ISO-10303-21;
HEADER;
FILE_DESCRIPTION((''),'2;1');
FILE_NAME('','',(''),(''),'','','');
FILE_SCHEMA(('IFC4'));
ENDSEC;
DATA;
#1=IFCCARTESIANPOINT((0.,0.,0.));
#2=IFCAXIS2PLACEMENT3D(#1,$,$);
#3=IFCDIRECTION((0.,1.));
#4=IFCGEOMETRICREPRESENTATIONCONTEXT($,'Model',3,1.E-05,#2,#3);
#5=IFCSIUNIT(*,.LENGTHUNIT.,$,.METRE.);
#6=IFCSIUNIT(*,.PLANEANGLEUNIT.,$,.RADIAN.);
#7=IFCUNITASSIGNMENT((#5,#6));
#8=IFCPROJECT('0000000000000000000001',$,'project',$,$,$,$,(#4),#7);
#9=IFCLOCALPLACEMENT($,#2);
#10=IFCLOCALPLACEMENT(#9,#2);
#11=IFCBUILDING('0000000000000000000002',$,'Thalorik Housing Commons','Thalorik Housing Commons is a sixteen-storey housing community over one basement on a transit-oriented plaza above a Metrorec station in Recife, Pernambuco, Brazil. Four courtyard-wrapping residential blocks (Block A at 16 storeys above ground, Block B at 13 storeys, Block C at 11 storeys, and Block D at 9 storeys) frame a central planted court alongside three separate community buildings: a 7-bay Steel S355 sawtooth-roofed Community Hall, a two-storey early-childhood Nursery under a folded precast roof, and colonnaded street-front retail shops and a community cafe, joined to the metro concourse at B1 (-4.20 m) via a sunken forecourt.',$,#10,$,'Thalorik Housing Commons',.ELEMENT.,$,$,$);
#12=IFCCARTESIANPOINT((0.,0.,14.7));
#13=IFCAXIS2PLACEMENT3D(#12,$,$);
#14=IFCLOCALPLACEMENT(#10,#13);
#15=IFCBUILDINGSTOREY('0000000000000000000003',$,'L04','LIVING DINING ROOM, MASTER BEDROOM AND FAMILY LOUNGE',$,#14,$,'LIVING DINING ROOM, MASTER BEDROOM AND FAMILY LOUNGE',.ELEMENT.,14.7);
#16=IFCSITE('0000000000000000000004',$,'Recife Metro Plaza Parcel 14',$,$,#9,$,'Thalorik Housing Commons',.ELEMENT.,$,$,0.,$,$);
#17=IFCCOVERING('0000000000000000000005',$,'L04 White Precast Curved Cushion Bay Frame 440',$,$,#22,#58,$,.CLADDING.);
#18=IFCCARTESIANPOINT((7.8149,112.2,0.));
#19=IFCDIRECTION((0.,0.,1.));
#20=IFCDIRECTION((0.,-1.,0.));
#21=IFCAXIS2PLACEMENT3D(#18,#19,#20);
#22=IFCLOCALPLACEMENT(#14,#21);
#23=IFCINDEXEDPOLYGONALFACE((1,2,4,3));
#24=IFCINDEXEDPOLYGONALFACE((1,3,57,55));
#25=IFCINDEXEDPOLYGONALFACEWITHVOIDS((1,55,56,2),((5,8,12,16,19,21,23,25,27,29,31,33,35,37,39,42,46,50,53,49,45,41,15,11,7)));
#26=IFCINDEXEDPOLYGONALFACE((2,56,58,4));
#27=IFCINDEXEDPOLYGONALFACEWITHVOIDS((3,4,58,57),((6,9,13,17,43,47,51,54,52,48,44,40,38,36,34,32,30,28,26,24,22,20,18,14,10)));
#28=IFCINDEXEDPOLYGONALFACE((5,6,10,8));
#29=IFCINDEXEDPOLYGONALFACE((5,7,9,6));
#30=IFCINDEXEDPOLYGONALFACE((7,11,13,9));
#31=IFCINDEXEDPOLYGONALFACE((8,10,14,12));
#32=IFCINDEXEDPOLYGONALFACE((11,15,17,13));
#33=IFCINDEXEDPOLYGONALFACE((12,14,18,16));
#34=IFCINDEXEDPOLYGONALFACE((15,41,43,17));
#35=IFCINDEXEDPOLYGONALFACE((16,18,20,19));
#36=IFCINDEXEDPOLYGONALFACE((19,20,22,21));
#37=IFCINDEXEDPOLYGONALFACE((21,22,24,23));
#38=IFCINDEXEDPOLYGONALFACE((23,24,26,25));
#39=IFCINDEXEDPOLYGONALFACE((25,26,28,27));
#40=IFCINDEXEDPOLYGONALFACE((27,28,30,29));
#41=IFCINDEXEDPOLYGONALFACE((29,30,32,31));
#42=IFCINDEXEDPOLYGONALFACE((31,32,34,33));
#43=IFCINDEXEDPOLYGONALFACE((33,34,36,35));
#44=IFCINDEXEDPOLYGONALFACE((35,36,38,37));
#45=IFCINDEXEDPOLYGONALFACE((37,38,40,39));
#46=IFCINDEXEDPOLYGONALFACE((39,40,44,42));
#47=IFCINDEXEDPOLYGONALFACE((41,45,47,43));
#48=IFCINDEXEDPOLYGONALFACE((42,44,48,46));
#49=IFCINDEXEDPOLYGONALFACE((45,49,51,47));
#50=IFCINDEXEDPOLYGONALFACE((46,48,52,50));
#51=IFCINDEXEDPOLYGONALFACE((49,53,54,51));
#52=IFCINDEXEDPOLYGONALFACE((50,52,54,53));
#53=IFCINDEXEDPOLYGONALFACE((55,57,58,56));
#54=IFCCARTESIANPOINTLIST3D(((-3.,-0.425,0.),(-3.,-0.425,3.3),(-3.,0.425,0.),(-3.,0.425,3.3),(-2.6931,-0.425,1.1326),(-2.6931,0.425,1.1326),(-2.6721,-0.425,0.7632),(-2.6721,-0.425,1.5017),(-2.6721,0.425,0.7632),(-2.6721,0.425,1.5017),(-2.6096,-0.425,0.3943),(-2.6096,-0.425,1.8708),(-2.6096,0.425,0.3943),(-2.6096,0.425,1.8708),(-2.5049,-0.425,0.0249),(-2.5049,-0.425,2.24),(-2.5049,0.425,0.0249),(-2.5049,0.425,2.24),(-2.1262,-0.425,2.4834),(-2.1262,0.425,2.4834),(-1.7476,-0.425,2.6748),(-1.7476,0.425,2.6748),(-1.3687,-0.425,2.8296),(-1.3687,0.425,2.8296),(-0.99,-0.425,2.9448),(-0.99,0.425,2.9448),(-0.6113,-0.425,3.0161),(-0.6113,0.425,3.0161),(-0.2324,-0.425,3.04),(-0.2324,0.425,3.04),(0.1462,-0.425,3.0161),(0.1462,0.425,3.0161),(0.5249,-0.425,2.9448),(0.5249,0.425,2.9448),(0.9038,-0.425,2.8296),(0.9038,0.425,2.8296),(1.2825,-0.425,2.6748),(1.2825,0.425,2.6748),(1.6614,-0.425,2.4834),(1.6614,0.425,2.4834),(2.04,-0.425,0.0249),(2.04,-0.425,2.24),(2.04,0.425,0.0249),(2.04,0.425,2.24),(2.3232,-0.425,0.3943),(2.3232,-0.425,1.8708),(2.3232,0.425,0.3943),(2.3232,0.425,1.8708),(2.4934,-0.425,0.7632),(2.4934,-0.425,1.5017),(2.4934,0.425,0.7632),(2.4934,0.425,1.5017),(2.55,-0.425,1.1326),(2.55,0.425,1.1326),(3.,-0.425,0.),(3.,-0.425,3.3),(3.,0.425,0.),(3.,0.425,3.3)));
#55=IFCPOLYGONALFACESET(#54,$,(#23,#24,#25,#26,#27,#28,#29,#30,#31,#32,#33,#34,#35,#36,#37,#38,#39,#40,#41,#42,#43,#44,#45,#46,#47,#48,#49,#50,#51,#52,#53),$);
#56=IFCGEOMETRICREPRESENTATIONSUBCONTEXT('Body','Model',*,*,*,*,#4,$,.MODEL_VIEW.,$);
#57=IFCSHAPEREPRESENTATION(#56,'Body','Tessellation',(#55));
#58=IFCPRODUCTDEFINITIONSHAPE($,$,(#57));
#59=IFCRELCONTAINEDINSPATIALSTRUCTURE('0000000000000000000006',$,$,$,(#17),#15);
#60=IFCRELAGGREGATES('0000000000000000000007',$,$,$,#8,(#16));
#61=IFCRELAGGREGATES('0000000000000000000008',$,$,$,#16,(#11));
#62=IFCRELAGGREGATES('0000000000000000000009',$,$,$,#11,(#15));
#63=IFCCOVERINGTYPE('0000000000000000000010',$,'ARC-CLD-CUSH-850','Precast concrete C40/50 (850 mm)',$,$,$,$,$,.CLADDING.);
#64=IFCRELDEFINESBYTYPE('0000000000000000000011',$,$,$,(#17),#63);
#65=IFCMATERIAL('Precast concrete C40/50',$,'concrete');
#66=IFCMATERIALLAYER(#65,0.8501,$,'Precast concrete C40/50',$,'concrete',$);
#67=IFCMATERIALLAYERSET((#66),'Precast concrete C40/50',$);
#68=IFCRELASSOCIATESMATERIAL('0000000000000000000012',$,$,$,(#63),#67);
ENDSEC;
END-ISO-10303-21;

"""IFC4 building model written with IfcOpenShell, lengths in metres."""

from ifc_helpers import new_model, si_unit, direction, frame, origin, place, context, subcontext, project, spatial, polyline, outline, extrude, material, layer, layer_set, type_object, element, save


model = new_model("IFC4")

# Units and contexts
model_context = context("Model", 3, precision=1e-05, world=origin(), true_north=direction((0.0, 1.0)))
body_context = subcontext(model_context, "Body", "Model", "MODEL_VIEW")
ifc_project = project(units=[si_unit("LENGTHUNIT", "METRE"), si_unit("PLANEANGLEUNIT", "RADIAN")], contexts=[model_context])

# Site, building, storey
site_placement = place(None, origin())
site = spatial("IfcSite", under=ifc_project, at=site_placement, Name="Recife Metro Plaza Parcel 14", LongName="Thalorik Housing Commons", CompositionType="ELEMENT", RefElevation=0.0)
building_placement = place(site_placement, origin())
building = spatial("IfcBuilding", under=site, at=building_placement, Name="Thalorik Housing Commons", Description="Thalorik Housing Commons is a sixteen-storey housing community over one basement on a transit-oriented plaza above a Metrorec station in Recife, Pernambuco, Brazil. Four courtyard-wrapping residential blocks (Block A at 16 storeys above ground, Block B at 13 storeys, Block C at 11 storeys, and Block D at 9 storeys) frame a central planted court alongside three separate community buildings: a 7-bay Steel S355 sawtooth-roofed Community Hall, a two-storey early-childhood Nursery under a folded precast roof, and colonnaded street-front retail shops and a community cafe, joined to the metro concourse at B1 (-4.20 m) via a sunken forecourt.", LongName="Thalorik Housing Commons", CompositionType="ELEMENT")
storey_placement = place(building_placement, frame((0.0, 0.0, 14.7)))
storey = spatial("IfcBuildingStorey", under=building, at=storey_placement, Name="L04", Description="LIVING DINING ROOM, MASTER BEDROOM AND FAMILY LOUNGE", LongName="LIVING DINING ROOM, MASTER BEDROOM AND FAMILY LOUNGE", CompositionType="ELEMENT", Elevation=14.7)

# Shared definitions
ifc_material_1 = material(Name="Precast concrete C40/50", Category="concrete")

# Covering
ifc_layer_1 = layer(ifc_material_1, 0.8501, Name="Precast concrete C40/50", Category="concrete")
ifc_layer_set_1 = layer_set([ifc_layer_1], Name="Precast concrete C40/50")
covering_type_1 = type_object("IfcCoveringType", Name="ARC-CLD-CUSH-850", Description="Precast concrete C40/50 (850 mm)", PredefinedType="CLADDING", material=ifc_layer_set_1)
covering_1_placement = place(storey_placement, frame((7.8149, 112.2, 0.0), z_axis=(0.0, 0.0, 1.0), x_axis=(0.0, -1.0, 0.0)))
element("IfcCovering", 1, at=covering_1_placement, inside=storey, type_object=covering_type_1, Name="L04 White Precast Curved Cushion Bay Frame 440", PredefinedType="CLADDING", context=body_context, shape_type="SweptSolid", body=[
    extrude(outline(polyline([(-3.0, 0.0), (3.0, 0.0), (3.0, 3.3), (-3.0, 3.3), (-3.0, 0.0)]), holes=[polyline([(2.04, 0.0249), (2.3232, 0.3943), (2.4934, 0.7632), (2.55, 1.1326), (2.4934, 1.5017), (2.3232, 1.8708), (2.04, 2.24), (1.6614, 2.4834), (1.2825, 2.6748), (0.9038, 2.8296), (0.5249, 2.9448), (0.1462, 3.0161), (-0.2324, 3.04), (-0.6113, 3.0161), (-0.99, 2.9448), (-1.3687, 2.8296), (-1.7476, 2.6748), (-2.1262, 2.4834), (-2.5049, 2.24), (-2.6096, 1.8708), (-2.6721, 1.5017), (-2.6931, 1.1326), (-2.6721, 0.7632), (-2.6096, 0.3943), (-2.5049, 0.0249), (2.04, 0.0249)])]), frame((0.0, 0.425, 0.0), z_axis=(0.0, -1.0, 0.0), x_axis=(1.0, 0.0, 0.0)), (0.0, 0.0, 1.0), 0.8501),
])

save(model, "model.ifc")
